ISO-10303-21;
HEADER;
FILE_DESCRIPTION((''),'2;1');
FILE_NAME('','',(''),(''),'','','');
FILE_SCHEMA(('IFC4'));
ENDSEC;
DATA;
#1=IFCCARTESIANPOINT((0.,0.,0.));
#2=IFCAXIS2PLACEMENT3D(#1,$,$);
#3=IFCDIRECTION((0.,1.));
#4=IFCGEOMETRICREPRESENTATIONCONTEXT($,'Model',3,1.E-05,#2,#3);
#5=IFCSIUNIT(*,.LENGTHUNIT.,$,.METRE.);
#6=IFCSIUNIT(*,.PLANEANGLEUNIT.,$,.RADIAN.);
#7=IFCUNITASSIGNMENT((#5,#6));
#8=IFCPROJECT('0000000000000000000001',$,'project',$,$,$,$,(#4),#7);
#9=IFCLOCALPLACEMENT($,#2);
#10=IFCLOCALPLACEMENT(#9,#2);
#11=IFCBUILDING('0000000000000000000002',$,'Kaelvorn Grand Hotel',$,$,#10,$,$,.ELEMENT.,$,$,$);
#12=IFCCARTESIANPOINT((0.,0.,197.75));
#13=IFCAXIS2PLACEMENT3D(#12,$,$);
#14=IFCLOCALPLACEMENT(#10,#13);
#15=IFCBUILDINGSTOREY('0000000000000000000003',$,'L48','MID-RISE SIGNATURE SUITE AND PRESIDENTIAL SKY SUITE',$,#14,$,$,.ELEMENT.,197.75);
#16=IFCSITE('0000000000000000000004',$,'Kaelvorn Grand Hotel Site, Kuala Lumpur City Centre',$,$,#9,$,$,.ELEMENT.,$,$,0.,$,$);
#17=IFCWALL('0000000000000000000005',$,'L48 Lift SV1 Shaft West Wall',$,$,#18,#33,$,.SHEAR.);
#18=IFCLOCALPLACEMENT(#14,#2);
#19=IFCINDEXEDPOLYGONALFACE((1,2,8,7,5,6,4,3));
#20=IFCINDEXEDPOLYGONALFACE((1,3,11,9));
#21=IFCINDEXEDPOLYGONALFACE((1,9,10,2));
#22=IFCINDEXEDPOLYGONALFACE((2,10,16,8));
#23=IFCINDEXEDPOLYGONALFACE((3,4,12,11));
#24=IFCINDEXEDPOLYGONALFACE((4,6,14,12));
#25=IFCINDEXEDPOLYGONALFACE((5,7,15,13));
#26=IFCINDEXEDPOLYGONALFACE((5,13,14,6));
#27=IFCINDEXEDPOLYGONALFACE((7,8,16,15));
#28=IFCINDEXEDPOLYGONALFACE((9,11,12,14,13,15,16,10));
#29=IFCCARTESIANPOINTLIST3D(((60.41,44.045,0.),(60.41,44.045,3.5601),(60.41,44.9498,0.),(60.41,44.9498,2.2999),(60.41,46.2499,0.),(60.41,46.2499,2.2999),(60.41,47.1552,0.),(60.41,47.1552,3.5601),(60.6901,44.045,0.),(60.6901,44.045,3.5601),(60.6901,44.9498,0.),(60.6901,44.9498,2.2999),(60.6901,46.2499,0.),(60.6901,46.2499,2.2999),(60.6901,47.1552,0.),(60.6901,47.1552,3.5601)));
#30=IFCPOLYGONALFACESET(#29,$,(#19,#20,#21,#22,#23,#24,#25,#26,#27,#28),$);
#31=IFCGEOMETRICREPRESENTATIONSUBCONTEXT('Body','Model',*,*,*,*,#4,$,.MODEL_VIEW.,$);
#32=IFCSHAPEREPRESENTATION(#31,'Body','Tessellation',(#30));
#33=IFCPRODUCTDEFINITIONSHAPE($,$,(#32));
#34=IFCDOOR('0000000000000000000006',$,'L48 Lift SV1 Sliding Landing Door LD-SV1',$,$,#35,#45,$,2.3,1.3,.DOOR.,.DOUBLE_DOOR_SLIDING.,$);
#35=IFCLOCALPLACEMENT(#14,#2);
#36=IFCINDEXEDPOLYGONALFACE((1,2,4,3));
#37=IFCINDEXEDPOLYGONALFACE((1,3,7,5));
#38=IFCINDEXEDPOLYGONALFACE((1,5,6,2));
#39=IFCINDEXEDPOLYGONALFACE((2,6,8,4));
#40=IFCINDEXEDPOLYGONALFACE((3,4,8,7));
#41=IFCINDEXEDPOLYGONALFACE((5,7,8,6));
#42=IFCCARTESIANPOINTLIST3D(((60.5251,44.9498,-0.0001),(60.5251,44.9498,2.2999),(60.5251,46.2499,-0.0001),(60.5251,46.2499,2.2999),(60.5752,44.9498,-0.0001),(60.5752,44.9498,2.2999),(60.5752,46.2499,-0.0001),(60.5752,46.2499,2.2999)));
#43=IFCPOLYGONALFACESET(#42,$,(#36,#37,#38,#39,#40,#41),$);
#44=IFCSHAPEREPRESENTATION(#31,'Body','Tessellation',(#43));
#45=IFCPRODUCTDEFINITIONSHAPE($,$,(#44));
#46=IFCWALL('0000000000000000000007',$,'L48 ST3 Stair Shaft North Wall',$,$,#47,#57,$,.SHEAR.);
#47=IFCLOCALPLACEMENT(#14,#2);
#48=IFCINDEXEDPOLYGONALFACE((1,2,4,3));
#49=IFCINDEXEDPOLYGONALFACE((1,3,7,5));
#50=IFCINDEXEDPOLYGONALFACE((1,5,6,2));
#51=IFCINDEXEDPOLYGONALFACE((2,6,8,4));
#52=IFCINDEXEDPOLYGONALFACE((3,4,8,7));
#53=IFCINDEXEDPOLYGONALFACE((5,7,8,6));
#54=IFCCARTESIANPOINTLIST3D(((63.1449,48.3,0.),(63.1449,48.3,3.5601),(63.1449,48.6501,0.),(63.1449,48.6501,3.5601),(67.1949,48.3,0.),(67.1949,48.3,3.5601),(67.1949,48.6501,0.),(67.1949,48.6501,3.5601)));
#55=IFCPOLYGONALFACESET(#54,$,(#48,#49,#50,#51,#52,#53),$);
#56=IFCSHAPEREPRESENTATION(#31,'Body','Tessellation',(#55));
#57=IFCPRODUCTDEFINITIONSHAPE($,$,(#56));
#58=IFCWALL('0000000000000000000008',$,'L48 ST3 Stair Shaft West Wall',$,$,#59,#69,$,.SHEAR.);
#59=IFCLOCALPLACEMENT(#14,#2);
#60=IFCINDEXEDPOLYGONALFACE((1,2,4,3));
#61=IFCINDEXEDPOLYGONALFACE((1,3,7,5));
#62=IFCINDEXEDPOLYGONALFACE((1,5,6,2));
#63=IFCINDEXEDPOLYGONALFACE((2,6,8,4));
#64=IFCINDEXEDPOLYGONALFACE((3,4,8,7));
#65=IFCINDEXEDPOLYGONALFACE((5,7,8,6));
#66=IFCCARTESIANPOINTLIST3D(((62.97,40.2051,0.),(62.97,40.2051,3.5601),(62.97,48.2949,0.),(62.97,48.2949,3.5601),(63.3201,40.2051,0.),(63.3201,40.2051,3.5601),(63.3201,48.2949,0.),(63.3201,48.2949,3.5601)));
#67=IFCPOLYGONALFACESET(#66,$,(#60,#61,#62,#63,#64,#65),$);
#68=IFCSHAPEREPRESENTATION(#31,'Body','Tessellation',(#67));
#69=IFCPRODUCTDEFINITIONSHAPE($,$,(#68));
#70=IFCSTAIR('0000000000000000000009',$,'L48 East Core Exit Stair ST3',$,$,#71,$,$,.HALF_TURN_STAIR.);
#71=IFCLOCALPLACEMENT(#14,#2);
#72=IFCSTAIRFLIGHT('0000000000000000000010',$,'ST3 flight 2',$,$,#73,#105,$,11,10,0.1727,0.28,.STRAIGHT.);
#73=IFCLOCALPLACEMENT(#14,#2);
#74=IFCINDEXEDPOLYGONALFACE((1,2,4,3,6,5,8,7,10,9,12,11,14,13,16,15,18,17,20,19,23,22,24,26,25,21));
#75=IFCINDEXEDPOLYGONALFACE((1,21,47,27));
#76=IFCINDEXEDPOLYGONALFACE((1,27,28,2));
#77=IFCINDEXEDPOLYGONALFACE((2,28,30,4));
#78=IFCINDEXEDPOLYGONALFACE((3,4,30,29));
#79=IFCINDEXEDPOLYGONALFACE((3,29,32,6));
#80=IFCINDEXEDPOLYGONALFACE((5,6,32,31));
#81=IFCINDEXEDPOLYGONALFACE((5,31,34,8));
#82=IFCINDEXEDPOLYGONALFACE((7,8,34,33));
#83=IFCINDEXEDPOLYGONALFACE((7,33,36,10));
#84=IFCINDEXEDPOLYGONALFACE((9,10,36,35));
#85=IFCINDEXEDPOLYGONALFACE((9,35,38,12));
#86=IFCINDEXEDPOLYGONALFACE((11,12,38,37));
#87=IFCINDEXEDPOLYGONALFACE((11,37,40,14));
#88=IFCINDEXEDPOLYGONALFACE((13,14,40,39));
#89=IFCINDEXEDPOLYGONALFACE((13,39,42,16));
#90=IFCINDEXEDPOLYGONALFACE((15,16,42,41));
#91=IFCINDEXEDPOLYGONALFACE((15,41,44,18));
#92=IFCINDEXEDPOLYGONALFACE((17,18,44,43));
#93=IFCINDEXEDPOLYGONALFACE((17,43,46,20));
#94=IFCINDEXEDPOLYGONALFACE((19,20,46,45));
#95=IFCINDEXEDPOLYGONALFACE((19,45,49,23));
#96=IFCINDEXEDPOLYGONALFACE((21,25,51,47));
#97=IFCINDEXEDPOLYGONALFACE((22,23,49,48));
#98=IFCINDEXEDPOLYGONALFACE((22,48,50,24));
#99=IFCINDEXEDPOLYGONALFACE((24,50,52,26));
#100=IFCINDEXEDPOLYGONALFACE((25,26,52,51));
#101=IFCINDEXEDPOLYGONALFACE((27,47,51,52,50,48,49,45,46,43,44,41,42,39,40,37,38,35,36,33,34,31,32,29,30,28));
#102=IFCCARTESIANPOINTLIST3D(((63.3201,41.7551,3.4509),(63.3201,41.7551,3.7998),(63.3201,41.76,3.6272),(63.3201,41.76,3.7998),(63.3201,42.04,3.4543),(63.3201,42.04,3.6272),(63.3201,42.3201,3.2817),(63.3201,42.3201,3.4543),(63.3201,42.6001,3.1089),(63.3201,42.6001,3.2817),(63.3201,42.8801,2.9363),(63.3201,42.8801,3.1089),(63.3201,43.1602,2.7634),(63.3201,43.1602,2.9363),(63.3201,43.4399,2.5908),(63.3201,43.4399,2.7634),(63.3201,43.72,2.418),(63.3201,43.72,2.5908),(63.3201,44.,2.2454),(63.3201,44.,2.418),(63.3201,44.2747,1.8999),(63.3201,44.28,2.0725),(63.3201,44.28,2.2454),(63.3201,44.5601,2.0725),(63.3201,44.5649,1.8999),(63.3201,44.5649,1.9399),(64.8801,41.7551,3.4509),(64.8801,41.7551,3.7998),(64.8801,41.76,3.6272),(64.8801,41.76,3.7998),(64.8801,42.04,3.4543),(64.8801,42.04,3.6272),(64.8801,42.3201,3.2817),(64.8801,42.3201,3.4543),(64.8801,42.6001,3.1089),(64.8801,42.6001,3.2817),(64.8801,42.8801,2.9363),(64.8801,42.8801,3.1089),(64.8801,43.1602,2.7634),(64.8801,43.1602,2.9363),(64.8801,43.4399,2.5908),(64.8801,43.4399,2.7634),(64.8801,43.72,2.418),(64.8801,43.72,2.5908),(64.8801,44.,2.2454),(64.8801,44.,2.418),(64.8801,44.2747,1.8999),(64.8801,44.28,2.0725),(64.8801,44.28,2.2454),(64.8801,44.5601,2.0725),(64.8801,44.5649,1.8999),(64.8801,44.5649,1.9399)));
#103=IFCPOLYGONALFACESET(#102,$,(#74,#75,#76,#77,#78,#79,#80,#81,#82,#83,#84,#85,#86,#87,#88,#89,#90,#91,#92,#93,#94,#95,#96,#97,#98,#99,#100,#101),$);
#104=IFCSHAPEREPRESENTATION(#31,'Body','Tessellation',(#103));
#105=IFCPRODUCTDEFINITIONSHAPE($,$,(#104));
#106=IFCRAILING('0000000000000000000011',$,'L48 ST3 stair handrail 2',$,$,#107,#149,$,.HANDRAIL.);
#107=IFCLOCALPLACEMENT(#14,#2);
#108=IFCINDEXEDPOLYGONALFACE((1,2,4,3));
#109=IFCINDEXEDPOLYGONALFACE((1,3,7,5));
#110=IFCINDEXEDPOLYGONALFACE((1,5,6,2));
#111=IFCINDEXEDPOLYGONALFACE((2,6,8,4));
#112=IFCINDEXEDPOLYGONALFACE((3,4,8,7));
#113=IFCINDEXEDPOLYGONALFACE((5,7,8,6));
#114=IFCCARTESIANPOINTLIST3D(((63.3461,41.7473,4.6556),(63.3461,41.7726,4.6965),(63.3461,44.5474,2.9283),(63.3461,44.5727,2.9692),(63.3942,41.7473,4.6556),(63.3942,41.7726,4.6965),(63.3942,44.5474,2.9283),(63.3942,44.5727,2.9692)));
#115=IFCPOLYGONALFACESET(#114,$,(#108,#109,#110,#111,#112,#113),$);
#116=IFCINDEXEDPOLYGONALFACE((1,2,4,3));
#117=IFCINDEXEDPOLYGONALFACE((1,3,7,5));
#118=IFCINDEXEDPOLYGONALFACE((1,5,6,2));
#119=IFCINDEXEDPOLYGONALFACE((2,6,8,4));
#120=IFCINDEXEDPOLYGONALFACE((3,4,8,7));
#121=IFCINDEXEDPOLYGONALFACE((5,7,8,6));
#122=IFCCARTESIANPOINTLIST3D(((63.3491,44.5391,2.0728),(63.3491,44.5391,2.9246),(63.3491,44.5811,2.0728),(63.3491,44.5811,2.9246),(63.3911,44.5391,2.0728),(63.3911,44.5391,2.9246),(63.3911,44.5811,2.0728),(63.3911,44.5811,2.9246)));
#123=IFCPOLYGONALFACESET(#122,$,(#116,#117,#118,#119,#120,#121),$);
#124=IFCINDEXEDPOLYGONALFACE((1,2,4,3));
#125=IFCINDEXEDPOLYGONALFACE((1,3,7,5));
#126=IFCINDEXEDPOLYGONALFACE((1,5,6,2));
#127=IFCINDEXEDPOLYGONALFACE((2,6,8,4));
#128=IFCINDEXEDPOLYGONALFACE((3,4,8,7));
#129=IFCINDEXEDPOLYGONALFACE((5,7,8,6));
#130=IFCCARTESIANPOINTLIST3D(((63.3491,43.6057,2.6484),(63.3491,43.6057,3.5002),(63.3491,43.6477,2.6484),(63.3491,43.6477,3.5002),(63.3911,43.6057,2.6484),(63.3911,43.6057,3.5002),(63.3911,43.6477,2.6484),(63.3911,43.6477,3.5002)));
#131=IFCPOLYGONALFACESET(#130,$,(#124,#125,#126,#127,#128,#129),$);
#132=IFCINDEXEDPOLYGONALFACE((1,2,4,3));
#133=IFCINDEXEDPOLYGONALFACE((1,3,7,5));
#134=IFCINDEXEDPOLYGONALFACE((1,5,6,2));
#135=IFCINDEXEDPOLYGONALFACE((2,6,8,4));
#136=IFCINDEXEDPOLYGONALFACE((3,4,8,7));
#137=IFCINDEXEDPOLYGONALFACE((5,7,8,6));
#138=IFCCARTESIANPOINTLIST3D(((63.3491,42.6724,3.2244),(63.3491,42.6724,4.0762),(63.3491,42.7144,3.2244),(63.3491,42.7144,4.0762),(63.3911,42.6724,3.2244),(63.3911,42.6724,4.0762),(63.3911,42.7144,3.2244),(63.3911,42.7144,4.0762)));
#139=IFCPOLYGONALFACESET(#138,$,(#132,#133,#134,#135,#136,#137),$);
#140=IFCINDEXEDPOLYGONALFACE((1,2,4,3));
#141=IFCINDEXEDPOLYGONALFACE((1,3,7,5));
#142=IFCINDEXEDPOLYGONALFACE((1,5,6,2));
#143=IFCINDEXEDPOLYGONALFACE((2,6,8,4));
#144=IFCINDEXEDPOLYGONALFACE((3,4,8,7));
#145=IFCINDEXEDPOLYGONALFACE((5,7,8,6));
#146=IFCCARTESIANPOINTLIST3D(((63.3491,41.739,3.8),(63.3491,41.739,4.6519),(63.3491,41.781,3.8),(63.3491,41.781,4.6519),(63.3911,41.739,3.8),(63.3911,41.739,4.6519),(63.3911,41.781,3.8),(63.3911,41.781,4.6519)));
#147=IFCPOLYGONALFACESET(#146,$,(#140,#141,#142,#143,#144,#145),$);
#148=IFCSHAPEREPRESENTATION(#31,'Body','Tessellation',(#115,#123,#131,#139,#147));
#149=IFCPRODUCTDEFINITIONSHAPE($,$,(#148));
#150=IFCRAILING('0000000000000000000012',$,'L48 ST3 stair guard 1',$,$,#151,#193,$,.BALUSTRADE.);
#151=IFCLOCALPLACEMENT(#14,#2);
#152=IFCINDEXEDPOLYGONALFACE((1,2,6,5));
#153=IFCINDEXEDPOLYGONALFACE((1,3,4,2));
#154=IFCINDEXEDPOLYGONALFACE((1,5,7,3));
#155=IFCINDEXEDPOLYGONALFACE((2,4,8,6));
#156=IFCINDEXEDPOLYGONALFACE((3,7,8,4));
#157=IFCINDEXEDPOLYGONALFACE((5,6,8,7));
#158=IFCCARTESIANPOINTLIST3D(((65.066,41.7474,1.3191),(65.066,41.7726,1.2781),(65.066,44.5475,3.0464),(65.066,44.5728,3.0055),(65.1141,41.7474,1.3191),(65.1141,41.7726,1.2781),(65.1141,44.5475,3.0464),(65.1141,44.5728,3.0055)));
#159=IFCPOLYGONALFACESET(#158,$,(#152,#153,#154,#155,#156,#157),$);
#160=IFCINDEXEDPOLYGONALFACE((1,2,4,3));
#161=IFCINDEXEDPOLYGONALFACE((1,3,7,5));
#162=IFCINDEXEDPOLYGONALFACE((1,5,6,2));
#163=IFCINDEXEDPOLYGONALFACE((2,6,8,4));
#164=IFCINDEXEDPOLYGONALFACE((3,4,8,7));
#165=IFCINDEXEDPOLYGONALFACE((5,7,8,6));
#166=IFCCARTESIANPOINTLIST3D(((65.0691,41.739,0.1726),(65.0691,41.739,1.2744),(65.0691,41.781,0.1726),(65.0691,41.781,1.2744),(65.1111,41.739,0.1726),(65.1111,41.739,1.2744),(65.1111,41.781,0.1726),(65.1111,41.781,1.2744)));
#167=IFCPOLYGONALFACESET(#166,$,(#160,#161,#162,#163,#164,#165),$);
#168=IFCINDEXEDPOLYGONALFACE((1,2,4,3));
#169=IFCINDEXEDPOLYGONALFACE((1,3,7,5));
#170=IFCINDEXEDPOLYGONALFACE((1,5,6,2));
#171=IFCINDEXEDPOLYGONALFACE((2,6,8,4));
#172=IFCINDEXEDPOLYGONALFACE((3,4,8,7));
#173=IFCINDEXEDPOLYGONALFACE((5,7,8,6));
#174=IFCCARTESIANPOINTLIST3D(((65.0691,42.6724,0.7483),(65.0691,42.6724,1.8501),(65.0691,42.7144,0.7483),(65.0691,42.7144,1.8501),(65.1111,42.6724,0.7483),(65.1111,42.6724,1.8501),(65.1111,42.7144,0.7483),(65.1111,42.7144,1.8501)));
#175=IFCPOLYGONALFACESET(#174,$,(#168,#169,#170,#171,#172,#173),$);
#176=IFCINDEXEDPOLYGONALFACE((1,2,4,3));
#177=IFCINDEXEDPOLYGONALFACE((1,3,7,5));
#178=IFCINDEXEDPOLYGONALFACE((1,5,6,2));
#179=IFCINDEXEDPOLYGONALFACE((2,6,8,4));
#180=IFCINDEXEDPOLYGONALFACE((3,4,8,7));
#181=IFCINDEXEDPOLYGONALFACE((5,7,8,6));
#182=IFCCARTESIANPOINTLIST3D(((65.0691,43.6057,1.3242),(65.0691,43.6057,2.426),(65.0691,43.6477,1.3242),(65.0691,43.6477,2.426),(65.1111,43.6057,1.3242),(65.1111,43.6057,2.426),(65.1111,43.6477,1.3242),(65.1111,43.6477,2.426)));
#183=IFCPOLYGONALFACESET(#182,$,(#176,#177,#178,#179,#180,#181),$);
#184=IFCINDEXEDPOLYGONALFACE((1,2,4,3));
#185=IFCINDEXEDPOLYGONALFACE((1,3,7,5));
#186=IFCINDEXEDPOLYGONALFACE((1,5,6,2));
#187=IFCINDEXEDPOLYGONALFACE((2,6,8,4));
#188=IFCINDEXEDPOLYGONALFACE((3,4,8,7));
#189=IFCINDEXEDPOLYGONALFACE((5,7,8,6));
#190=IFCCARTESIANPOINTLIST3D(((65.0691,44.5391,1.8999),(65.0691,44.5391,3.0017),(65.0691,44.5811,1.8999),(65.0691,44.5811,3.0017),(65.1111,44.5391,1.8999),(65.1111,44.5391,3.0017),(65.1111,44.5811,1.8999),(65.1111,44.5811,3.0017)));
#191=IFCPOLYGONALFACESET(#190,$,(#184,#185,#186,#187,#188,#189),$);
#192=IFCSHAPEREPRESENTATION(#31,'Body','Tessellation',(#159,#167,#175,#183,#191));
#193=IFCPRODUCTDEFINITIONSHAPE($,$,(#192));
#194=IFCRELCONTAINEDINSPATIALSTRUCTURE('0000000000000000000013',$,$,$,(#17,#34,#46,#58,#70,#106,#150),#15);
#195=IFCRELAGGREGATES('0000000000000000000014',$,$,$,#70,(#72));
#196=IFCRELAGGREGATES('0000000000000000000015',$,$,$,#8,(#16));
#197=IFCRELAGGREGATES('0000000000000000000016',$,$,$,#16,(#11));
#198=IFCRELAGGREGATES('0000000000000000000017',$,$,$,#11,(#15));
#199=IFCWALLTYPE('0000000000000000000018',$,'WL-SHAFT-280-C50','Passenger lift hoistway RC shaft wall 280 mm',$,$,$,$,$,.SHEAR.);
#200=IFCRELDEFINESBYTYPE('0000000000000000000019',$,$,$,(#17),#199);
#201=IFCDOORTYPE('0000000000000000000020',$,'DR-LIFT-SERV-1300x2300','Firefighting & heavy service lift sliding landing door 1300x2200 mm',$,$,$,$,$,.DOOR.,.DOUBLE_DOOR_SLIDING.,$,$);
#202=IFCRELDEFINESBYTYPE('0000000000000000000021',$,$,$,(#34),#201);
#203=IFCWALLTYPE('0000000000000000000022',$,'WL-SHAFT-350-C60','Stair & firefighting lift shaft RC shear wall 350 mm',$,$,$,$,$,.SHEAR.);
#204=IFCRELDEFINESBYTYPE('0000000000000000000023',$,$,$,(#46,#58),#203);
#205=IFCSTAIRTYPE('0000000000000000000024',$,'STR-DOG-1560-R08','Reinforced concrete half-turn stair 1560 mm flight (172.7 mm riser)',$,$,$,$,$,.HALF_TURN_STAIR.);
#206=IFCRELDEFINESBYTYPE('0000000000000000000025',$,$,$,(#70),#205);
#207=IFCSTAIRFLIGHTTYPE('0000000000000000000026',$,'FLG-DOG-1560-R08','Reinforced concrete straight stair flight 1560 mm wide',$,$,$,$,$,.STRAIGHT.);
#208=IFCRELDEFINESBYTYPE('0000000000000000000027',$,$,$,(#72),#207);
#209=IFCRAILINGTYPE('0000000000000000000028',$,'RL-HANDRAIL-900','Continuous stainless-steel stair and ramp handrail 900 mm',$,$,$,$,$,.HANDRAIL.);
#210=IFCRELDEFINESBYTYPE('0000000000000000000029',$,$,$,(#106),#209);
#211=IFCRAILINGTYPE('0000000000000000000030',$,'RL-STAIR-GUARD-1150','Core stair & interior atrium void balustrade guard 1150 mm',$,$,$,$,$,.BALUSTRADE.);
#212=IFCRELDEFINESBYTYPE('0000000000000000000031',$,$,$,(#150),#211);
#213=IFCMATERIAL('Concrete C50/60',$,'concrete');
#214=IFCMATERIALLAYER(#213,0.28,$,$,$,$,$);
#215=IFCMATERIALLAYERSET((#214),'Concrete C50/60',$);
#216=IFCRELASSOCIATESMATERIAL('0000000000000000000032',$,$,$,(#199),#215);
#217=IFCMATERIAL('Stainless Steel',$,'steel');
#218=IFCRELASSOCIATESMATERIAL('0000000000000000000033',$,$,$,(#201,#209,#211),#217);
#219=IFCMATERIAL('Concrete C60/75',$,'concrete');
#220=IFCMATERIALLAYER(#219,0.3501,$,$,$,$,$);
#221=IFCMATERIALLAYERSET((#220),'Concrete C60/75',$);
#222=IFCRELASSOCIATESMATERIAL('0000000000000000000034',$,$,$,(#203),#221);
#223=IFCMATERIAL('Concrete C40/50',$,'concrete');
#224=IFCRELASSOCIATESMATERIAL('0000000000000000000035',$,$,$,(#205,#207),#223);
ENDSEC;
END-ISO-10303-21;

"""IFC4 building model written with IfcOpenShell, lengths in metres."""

from ifc_helpers import new_model, si_unit, direction, frame, frame_2d, origin, origin_2d, place, context, subcontext, project, spatial, polyline, rectangle, outline, extrude, material, layer, layer_set, type_object, element, fill, aggregate, save


model = new_model("IFC4")

# Units and contexts
model_context = context("Model", 3, precision=1e-05, world=origin(), true_north=direction((0.0, 1.0)))
body_context = subcontext(model_context, "Body", "Model", "MODEL_VIEW")
ifc_project = project(units=[si_unit("LENGTHUNIT", "METRE"), si_unit("PLANEANGLEUNIT", "RADIAN")], contexts=[model_context])

# Site, building, storey
site_placement = place(None, origin())
site = spatial("IfcSite", under=ifc_project, at=site_placement, Name="Kaelvorn Grand Hotel Site, Kuala Lumpur City Centre", CompositionType="ELEMENT", RefElevation=0.0)
building_placement = place(site_placement, origin())
building = spatial("IfcBuilding", under=site, at=building_placement, Name="Kaelvorn Grand Hotel", CompositionType="ELEMENT")
storey_placement = place(building_placement, frame((0.0, 0.0, 197.75)))
storey = spatial("IfcBuildingStorey", under=building, at=storey_placement, Name="L48", Description="MID-RISE SIGNATURE SUITE AND PRESIDENTIAL SKY SUITE", CompositionType="ELEMENT", Elevation=197.75)

# Shared definitions
ifc_material_1 = material(Name="Concrete C60/75", Category="concrete")

# Shared definitions
ifc_material_2 = material(Name="Concrete C50/60", Category="concrete")

# Shared definitions
ifc_material_3 = material(Name="Concrete C40/50", Category="concrete")

# Shared definitions
ifc_layer_1 = layer(ifc_material_2, 0.28)
ifc_layer_set_1 = layer_set([ifc_layer_1], Name="Concrete C50/60")
wall_type_1 = type_object("IfcWallType", Name="WL-SHAFT-280-C50", Description="Passenger lift hoistway RC shaft wall 280 mm", PredefinedType="SHEAR", material=ifc_layer_set_1)

# Shared definitions
ifc_material_4 = material(Name="Stainless Steel", Category="steel")
door_type_1 = type_object("IfcDoorType", Name="DR-LIFT-SERV-1300x2300", Description="Firefighting & heavy service lift sliding landing door 1300x2200 mm", OperationType="DOUBLE_DOOR_SLIDING", PredefinedType="DOOR", material=ifc_material_4)

# Wall, opening, door
wall_1_placement = place(storey_placement, frame((60.55, 44.0449, 0.0), z_axis=(0.0, 0.0, 1.0), x_axis=(0.0, 1.0, 0.0)))
wall_1 = element("IfcWall", 1, at=wall_1_placement, inside=storey, type_object=wall_type_1, Name="L48 Lift SV1 Shaft West Wall", PredefinedType="SHEAR", context=body_context, shape_type="SweptSolid", body=[
    extrude(rectangle(XDim=3.1101, YDim=0.28, at=frame_2d((1.5552, 0.0))), origin(), (0.0, 0.0, 1.0), 3.5601),
])
opening_1_placement = place(wall_1_placement, frame((0.905, 0.0, 0.0)))
opening_1 = element("IfcOpeningElement", 2, at=opening_1_placement, cuts=wall_1, PredefinedType="OPENING", context=body_context, shape_type="SweptSolid", body=[
    extrude(rectangle(XDim=1.3, YDim=2.3, at=frame_2d((0.6499, 1.1499))), frame((0.0, 0.1499, 0.0), z_axis=(0.0, -1.0, 0.0), x_axis=(1.0, 0.0, 0.0)), (0.0, 0.0, 1.0), 0.3),
])
door_1_placement = place(opening_1_placement, origin())
door_1 = element("IfcDoor", 3, at=door_1_placement, inside=storey, type_object=door_type_1, Name="L48 Lift SV1 Sliding Landing Door LD-SV1", OperationType="DOUBLE_DOOR_SLIDING", OverallHeight=2.3, OverallWidth=1.3, PredefinedType="DOOR", context=body_context, shape_type="SweptSolid", body=[
    extrude(rectangle(XDim=1.3, YDim=2.3, at=frame_2d((0.6499, 1.1499))), frame((0.0, 0.0249, 0.0), z_axis=(0.0, -1.0, 0.0), x_axis=(1.0, 0.0, 0.0)), (0.0, 0.0, 1.0), 0.05),
])
fill(opening_1, door_1)
ifc_layer_2 = layer(ifc_material_1, 0.3501)
ifc_layer_set_2 = layer_set([ifc_layer_2], Name="Concrete C60/75")
wall_type_2 = type_object("IfcWallType", Name="WL-SHAFT-350-C60", Description="Stair & firefighting lift shaft RC shear wall 350 mm", PredefinedType="SHEAR", material=ifc_layer_set_2)

# Walls
wall_2_placement = place(storey_placement, frame((63.145, 48.4751, 0.0), z_axis=(0.0, 0.0, 1.0), x_axis=(1.0, 0.0, 0.0)))
element("IfcWall", 4, at=wall_2_placement, inside=storey, type_object=wall_type_2, Name="L48 ST3 Stair Shaft North Wall", PredefinedType="SHEAR", context=body_context, shape_type="SweptSolid", body=[
    extrude(rectangle(XDim=4.05, YDim=0.3501, at=frame_2d((2.0249, 0.0))), origin(), (0.0, 0.0, 1.0), 3.5601),
])
wall_3_placement = place(storey_placement, frame((63.145, 40.2051, 0.0), z_axis=(0.0, 0.0, 1.0), x_axis=(0.0, 1.0, 0.0)))
element("IfcWall", 5, at=wall_3_placement, inside=storey, type_object=wall_type_2, Name="L48 ST3 Stair Shaft West Wall", PredefinedType="SHEAR", context=body_context, shape_type="SweptSolid", body=[
    extrude(rectangle(XDim=8.0898, YDim=0.3501, at=frame_2d((4.0449, 0.0))), origin(), (0.0, 0.0, 1.0), 3.5601),
])

# Stair, stair flight
stair_type = type_object("IfcStairType", Name="STR-DOG-1560-R08", Description="Reinforced concrete half-turn stair 1560 mm flight (172.7 mm riser)", PredefinedType="HALF_TURN_STAIR", material=ifc_material_3)
stair_placement = place(storey_placement, origin())
stair = element("IfcStair", 6, at=stair_placement, inside=storey, type_object=stair_type, Name="L48 East Core Exit Stair ST3", PredefinedType="HALF_TURN_STAIR")
stair_flight_type = type_object("IfcStairFlightType", Name="FLG-DOG-1560-R08", Description="Reinforced concrete straight stair flight 1560 mm wide", PredefinedType="STRAIGHT", material=ifc_material_3)
stair_flight_placement = place(storey_placement, frame((64.1001, 44.5601, 1.8999), z_axis=(0.0, 0.0, 1.0), x_axis=(0.0, -1.0, 0.0)))
stair_flight = element("IfcStairFlight", 7, at=stair_flight_placement, type_object=stair_flight_type, Name="ST3 flight 2", NumberOfRisers=11, NumberOfTreads=10, PredefinedType="STRAIGHT", RiserHeight=0.1727, TreadLength=0.28, context=body_context, shape_type="SweptSolid", body=[
    extrude(outline(polyline([(-0.0049, 0.0), (-0.0049, 0.04), (0.0, 0.1726), (0.28, 0.1726), (0.28, 0.3455), (0.5601, 0.3455), (0.5601, 0.5181), (0.8401, 0.5181), (0.8401, 0.6909), (1.1201, 0.6909), (1.1201, 0.8635), (1.3999, 0.8635), (1.3999, 1.0364), (1.6799, 1.0364), (1.6799, 1.209), (1.96, 1.209), (1.96, 1.3818), (2.24, 1.3818), (2.24, 1.5544), (2.52, 1.5544), (2.52, 1.7273), (2.8, 1.7273), (2.8, 1.8999), (2.8049, 1.8999), (2.8049, 1.551), (0.2854, 0.0), (-0.0049, 0.0)])), frame((0.0, 0.78, 0.0), z_axis=(0.0, -1.0, 0.0), x_axis=(1.0, 0.0, 0.0)), (0.0, 0.0, 1.0), 1.5601),
])
aggregate(stair, [stair_flight])

# Railings
railing_type_1 = type_object("IfcRailingType", Name="RL-HANDRAIL-900", Description="Continuous stainless-steel stair and ramp handrail 900 mm", PredefinedType="HANDRAIL", material=ifc_material_4)
railing_1_placement = place(storey_placement, frame((63.3701, 44.5601, 2.0728)))
element("IfcRailing", 8, at=railing_1_placement, inside=storey, type_object=railing_type_1, Name="L48 ST3 stair handrail 2", PredefinedType="HANDRAIL", context=body_context, shape_type="SweptSolid", body=[
    extrude(rectangle(XDim=0.0481, YDim=0.0481, at=origin_2d()), frame((0.0, 0.0, 0.876), z_axis=(0.0, -0.85109, 0.52502), x_axis=(1.0, 0.0, 0.0)), (0.0, 0.0, 1.0), 3.29),
    extrude(rectangle(XDim=0.042, YDim=0.042, at=origin_2d()), origin(), (0.0, 0.0, 1.0), 0.8518),
    extrude(rectangle(XDim=0.042, YDim=0.042, at=origin_2d()), frame((0.0, -0.9333, 0.5757)), (0.0, 0.0, 1.0), 0.8518),
    extrude(rectangle(XDim=0.042, YDim=0.042, at=origin_2d()), frame((0.0, -1.8667, 1.1516)), (0.0, 0.0, 1.0), 0.8518),
    extrude(rectangle(XDim=0.042, YDim=0.042, at=origin_2d()), frame((0.0, -2.8, 1.7273)), (0.0, 0.0, 1.0), 0.8518),
])
railing_type_2 = type_object("IfcRailingType", Name="RL-STAIR-GUARD-1150", Description="Core stair & interior atrium void balustrade guard 1150 mm", PredefinedType="BALUSTRADE", material=ifc_material_4)
railing_2_placement = place(storey_placement, frame((65.0901, 41.76, 0.1726)))
element("IfcRailing", 9, at=railing_2_placement, inside=storey, type_object=railing_type_2, Name="L48 ST3 stair guard 1", PredefinedType="BALUSTRADE", context=body_context, shape_type="SweptSolid", body=[
    extrude(rectangle(XDim=0.0481, YDim=0.0481, at=origin_2d()), frame((0.0, 0.0, 1.126), z_axis=(0.0, 0.85109, 0.52502), x_axis=(-1.0, 0.0, 0.0)), (0.0, 0.0, 1.0), 3.29),
    extrude(rectangle(XDim=0.042, YDim=0.042, at=origin_2d()), origin(), (0.0, 0.0, 1.0), 1.1018),
    extrude(rectangle(XDim=0.042, YDim=0.042, at=origin_2d()), frame((0.0, 0.9333, 0.5757)), (0.0, 0.0, 1.0), 1.1018),
    extrude(rectangle(XDim=0.042, YDim=0.042, at=origin_2d()), frame((0.0, 1.8667, 1.1516)), (0.0, 0.0, 1.0), 1.1018),
    extrude(rectangle(XDim=0.042, YDim=0.042, at=origin_2d()), frame((0.0, 2.8, 1.7273)), (0.0, 0.0, 1.0), 1.1018),
])

save(model, "model.ifc")
